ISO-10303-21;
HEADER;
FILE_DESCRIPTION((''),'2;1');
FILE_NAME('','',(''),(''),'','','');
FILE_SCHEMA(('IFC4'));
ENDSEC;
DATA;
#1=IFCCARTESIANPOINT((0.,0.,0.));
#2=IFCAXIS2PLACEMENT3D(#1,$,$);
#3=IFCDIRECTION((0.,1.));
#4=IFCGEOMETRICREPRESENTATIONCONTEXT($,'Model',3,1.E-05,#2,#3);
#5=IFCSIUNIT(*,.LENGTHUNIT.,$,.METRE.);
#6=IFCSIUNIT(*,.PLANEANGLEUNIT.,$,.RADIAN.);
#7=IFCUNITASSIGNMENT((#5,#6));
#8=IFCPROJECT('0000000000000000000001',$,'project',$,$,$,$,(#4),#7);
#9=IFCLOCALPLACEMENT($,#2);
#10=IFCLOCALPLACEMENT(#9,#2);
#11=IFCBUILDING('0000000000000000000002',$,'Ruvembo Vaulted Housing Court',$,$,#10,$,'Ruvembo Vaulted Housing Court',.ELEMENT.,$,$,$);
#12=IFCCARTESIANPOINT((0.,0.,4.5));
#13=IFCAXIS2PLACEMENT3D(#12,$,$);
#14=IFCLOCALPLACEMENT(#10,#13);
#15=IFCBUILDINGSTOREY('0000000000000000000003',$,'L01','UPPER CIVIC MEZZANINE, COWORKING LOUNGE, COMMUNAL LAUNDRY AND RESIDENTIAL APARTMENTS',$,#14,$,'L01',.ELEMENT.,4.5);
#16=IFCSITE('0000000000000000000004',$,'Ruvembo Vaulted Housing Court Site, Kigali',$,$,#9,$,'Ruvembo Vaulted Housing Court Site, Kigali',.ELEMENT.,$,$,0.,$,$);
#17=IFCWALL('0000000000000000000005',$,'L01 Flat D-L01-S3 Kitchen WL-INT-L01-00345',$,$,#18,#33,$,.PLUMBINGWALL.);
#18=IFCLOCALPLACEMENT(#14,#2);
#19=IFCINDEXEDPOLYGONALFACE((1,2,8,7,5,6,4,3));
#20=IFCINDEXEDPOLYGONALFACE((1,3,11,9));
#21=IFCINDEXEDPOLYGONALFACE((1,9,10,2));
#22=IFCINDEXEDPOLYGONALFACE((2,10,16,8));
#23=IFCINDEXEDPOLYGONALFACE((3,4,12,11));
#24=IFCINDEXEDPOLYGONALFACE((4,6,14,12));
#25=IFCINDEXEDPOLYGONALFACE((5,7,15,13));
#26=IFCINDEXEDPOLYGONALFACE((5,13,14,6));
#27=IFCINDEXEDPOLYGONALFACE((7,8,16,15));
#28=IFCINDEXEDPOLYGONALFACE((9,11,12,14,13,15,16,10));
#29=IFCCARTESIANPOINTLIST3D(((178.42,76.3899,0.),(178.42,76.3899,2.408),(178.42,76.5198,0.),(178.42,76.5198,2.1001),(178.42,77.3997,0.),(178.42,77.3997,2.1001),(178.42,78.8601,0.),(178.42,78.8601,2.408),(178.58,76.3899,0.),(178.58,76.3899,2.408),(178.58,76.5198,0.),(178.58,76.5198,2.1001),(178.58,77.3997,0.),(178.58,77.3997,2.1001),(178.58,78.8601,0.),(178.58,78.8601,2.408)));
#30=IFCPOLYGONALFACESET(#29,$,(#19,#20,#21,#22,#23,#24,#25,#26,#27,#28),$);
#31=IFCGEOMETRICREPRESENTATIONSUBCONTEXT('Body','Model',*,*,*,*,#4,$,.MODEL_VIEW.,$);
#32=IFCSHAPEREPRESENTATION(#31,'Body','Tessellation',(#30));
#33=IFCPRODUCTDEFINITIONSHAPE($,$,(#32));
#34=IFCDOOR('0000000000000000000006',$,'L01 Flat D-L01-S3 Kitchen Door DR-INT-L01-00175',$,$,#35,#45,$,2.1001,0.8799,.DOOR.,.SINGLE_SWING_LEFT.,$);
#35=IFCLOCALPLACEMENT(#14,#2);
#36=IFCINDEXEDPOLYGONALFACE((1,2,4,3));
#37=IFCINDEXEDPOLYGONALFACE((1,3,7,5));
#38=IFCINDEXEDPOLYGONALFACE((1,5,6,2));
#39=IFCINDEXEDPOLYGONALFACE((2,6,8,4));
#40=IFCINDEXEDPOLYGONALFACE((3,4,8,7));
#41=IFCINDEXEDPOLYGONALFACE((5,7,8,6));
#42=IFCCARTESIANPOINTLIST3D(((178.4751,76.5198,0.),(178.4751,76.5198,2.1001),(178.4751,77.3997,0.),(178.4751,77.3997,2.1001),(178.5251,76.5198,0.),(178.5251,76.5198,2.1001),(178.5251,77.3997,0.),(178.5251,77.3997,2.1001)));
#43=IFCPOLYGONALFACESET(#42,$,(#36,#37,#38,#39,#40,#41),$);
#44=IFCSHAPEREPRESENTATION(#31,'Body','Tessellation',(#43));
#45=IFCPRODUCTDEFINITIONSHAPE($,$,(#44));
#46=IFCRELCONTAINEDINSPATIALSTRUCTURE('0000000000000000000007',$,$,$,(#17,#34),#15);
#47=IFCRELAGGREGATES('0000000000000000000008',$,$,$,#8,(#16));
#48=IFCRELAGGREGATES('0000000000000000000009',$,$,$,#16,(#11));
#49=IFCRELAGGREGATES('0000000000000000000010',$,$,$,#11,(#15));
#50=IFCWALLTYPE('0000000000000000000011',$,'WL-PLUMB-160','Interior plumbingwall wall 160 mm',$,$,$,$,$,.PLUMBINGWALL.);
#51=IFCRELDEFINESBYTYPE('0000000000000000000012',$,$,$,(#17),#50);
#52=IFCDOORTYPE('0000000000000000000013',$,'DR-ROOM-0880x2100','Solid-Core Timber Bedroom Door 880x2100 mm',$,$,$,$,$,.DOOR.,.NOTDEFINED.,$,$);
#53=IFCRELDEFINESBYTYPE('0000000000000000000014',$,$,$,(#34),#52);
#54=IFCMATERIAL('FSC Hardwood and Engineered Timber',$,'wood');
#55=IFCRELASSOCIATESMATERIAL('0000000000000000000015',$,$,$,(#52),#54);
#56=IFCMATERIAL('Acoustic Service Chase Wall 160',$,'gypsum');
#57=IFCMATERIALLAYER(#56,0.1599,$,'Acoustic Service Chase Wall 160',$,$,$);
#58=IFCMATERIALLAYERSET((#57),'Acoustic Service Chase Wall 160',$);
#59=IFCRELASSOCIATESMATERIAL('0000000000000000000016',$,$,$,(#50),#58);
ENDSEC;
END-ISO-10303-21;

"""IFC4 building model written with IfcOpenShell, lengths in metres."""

from ifc_helpers import new_model, si_unit, direction, frame, frame_2d, origin, place, context, subcontext, project, spatial, rectangle, extrude, material, layer, layer_set, type_object, element, fill, save


model = new_model("IFC4")

# Units and contexts
model_context = context("Model", 3, precision=1e-05, world=origin(), true_north=direction((0.0, 1.0)))
body_context = subcontext(model_context, "Body", "Model", "MODEL_VIEW")
ifc_project = project(units=[si_unit("LENGTHUNIT", "METRE"), si_unit("PLANEANGLEUNIT", "RADIAN")], contexts=[model_context])

# Site, building, storey
site_placement = place(None, origin())
site = spatial("IfcSite", under=ifc_project, at=site_placement, Name="Ruvembo Vaulted Housing Court Site, Kigali", LongName="Ruvembo Vaulted Housing Court Site, Kigali", CompositionType="ELEMENT", RefElevation=0.0)
building_placement = place(site_placement, origin())
building = spatial("IfcBuilding", under=site, at=building_placement, Name="Ruvembo Vaulted Housing Court", LongName="Ruvembo Vaulted Housing Court", CompositionType="ELEMENT")
storey_placement = place(building_placement, frame((0.0, 0.0, 4.5)))
storey = spatial("IfcBuildingStorey", under=building, at=storey_placement, Name="L01", Description="UPPER CIVIC MEZZANINE, COWORKING LOUNGE, COMMUNAL LAUNDRY AND RESIDENTIAL APARTMENTS", LongName="L01", CompositionType="ELEMENT", Elevation=4.5)

# Wall, opening, door
ifc_material_1 = material(Name="FSC Hardwood and Engineered Timber", Category="wood")
door_type_1 = type_object("IfcDoorType", Name="DR-ROOM-0880x2100", Description="Solid-Core Timber Bedroom Door 880x2100 mm", OperationType="NOTDEFINED", PredefinedType="DOOR", material=ifc_material_1)
ifc_material_2 = material(Name="Acoustic Service Chase Wall 160", Category="gypsum")
ifc_layer_1 = layer(ifc_material_2, 0.1599, Name="Acoustic Service Chase Wall 160")
ifc_layer_set_1 = layer_set([ifc_layer_1], Name="Acoustic Service Chase Wall 160")
wall_type_1 = type_object("IfcWallType", Name="WL-PLUMB-160", Description="Interior plumbingwall wall 160 mm", PredefinedType="PLUMBINGWALL", material=ifc_layer_set_1)
wall_1_placement = place(storey_placement, frame((178.5, 76.3899, 0.0), z_axis=(0.0, 0.0, 1.0), x_axis=(0.0, 1.0, 0.0)))
wall_1 = element("IfcWall", 1, at=wall_1_placement, inside=storey, type_object=wall_type_1, Name="L01 Flat D-L01-S3 Kitchen WL-INT-L01-00345", PredefinedType="PLUMBINGWALL", context=body_context, shape_type="SweptSolid", body=[
    extrude(rectangle(XDim=2.4702, YDim=0.1599, at=frame_2d((1.2351, 0.0))), origin(), (0.0, 0.0, 1.0), 2.408),
])
opening_1_placement = place(wall_1_placement, frame((0.1299, 0.0, 0.0)))
opening_1 = element("IfcOpeningElement", 2, at=opening_1_placement, cuts=wall_1, PredefinedType="OPENING", context=body_context, shape_type="SweptSolid", body=[
    extrude(rectangle(XDim=0.8799, YDim=2.1001, at=frame_2d((0.4399, 1.05))), frame((0.0, 0.0898, 0.0), z_axis=(0.0, -1.0, 0.0), x_axis=(1.0, 0.0, 0.0)), (0.0, 0.0, 1.0), 0.1799),
])
door_1_placement = place(opening_1_placement, origin())
door_1 = element("IfcDoor", 3, at=door_1_placement, inside=storey, type_object=door_type_1, Name="L01 Flat D-L01-S3 Kitchen Door DR-INT-L01-00175", OperationType="SINGLE_SWING_LEFT", OverallHeight=2.1001, OverallWidth=0.8799, PredefinedType="DOOR", context=body_context, shape_type="SweptSolid", body=[
    extrude(rectangle(XDim=0.8799, YDim=2.1001, at=frame_2d((0.4399, 1.05))), frame((0.0, 0.0249, 0.0), z_axis=(0.0, -1.0, 0.0), x_axis=(1.0, 0.0, 0.0)), (0.0, 0.0, 1.0), 0.05),
])
fill(opening_1, door_1)

save(model, "model.ifc")
